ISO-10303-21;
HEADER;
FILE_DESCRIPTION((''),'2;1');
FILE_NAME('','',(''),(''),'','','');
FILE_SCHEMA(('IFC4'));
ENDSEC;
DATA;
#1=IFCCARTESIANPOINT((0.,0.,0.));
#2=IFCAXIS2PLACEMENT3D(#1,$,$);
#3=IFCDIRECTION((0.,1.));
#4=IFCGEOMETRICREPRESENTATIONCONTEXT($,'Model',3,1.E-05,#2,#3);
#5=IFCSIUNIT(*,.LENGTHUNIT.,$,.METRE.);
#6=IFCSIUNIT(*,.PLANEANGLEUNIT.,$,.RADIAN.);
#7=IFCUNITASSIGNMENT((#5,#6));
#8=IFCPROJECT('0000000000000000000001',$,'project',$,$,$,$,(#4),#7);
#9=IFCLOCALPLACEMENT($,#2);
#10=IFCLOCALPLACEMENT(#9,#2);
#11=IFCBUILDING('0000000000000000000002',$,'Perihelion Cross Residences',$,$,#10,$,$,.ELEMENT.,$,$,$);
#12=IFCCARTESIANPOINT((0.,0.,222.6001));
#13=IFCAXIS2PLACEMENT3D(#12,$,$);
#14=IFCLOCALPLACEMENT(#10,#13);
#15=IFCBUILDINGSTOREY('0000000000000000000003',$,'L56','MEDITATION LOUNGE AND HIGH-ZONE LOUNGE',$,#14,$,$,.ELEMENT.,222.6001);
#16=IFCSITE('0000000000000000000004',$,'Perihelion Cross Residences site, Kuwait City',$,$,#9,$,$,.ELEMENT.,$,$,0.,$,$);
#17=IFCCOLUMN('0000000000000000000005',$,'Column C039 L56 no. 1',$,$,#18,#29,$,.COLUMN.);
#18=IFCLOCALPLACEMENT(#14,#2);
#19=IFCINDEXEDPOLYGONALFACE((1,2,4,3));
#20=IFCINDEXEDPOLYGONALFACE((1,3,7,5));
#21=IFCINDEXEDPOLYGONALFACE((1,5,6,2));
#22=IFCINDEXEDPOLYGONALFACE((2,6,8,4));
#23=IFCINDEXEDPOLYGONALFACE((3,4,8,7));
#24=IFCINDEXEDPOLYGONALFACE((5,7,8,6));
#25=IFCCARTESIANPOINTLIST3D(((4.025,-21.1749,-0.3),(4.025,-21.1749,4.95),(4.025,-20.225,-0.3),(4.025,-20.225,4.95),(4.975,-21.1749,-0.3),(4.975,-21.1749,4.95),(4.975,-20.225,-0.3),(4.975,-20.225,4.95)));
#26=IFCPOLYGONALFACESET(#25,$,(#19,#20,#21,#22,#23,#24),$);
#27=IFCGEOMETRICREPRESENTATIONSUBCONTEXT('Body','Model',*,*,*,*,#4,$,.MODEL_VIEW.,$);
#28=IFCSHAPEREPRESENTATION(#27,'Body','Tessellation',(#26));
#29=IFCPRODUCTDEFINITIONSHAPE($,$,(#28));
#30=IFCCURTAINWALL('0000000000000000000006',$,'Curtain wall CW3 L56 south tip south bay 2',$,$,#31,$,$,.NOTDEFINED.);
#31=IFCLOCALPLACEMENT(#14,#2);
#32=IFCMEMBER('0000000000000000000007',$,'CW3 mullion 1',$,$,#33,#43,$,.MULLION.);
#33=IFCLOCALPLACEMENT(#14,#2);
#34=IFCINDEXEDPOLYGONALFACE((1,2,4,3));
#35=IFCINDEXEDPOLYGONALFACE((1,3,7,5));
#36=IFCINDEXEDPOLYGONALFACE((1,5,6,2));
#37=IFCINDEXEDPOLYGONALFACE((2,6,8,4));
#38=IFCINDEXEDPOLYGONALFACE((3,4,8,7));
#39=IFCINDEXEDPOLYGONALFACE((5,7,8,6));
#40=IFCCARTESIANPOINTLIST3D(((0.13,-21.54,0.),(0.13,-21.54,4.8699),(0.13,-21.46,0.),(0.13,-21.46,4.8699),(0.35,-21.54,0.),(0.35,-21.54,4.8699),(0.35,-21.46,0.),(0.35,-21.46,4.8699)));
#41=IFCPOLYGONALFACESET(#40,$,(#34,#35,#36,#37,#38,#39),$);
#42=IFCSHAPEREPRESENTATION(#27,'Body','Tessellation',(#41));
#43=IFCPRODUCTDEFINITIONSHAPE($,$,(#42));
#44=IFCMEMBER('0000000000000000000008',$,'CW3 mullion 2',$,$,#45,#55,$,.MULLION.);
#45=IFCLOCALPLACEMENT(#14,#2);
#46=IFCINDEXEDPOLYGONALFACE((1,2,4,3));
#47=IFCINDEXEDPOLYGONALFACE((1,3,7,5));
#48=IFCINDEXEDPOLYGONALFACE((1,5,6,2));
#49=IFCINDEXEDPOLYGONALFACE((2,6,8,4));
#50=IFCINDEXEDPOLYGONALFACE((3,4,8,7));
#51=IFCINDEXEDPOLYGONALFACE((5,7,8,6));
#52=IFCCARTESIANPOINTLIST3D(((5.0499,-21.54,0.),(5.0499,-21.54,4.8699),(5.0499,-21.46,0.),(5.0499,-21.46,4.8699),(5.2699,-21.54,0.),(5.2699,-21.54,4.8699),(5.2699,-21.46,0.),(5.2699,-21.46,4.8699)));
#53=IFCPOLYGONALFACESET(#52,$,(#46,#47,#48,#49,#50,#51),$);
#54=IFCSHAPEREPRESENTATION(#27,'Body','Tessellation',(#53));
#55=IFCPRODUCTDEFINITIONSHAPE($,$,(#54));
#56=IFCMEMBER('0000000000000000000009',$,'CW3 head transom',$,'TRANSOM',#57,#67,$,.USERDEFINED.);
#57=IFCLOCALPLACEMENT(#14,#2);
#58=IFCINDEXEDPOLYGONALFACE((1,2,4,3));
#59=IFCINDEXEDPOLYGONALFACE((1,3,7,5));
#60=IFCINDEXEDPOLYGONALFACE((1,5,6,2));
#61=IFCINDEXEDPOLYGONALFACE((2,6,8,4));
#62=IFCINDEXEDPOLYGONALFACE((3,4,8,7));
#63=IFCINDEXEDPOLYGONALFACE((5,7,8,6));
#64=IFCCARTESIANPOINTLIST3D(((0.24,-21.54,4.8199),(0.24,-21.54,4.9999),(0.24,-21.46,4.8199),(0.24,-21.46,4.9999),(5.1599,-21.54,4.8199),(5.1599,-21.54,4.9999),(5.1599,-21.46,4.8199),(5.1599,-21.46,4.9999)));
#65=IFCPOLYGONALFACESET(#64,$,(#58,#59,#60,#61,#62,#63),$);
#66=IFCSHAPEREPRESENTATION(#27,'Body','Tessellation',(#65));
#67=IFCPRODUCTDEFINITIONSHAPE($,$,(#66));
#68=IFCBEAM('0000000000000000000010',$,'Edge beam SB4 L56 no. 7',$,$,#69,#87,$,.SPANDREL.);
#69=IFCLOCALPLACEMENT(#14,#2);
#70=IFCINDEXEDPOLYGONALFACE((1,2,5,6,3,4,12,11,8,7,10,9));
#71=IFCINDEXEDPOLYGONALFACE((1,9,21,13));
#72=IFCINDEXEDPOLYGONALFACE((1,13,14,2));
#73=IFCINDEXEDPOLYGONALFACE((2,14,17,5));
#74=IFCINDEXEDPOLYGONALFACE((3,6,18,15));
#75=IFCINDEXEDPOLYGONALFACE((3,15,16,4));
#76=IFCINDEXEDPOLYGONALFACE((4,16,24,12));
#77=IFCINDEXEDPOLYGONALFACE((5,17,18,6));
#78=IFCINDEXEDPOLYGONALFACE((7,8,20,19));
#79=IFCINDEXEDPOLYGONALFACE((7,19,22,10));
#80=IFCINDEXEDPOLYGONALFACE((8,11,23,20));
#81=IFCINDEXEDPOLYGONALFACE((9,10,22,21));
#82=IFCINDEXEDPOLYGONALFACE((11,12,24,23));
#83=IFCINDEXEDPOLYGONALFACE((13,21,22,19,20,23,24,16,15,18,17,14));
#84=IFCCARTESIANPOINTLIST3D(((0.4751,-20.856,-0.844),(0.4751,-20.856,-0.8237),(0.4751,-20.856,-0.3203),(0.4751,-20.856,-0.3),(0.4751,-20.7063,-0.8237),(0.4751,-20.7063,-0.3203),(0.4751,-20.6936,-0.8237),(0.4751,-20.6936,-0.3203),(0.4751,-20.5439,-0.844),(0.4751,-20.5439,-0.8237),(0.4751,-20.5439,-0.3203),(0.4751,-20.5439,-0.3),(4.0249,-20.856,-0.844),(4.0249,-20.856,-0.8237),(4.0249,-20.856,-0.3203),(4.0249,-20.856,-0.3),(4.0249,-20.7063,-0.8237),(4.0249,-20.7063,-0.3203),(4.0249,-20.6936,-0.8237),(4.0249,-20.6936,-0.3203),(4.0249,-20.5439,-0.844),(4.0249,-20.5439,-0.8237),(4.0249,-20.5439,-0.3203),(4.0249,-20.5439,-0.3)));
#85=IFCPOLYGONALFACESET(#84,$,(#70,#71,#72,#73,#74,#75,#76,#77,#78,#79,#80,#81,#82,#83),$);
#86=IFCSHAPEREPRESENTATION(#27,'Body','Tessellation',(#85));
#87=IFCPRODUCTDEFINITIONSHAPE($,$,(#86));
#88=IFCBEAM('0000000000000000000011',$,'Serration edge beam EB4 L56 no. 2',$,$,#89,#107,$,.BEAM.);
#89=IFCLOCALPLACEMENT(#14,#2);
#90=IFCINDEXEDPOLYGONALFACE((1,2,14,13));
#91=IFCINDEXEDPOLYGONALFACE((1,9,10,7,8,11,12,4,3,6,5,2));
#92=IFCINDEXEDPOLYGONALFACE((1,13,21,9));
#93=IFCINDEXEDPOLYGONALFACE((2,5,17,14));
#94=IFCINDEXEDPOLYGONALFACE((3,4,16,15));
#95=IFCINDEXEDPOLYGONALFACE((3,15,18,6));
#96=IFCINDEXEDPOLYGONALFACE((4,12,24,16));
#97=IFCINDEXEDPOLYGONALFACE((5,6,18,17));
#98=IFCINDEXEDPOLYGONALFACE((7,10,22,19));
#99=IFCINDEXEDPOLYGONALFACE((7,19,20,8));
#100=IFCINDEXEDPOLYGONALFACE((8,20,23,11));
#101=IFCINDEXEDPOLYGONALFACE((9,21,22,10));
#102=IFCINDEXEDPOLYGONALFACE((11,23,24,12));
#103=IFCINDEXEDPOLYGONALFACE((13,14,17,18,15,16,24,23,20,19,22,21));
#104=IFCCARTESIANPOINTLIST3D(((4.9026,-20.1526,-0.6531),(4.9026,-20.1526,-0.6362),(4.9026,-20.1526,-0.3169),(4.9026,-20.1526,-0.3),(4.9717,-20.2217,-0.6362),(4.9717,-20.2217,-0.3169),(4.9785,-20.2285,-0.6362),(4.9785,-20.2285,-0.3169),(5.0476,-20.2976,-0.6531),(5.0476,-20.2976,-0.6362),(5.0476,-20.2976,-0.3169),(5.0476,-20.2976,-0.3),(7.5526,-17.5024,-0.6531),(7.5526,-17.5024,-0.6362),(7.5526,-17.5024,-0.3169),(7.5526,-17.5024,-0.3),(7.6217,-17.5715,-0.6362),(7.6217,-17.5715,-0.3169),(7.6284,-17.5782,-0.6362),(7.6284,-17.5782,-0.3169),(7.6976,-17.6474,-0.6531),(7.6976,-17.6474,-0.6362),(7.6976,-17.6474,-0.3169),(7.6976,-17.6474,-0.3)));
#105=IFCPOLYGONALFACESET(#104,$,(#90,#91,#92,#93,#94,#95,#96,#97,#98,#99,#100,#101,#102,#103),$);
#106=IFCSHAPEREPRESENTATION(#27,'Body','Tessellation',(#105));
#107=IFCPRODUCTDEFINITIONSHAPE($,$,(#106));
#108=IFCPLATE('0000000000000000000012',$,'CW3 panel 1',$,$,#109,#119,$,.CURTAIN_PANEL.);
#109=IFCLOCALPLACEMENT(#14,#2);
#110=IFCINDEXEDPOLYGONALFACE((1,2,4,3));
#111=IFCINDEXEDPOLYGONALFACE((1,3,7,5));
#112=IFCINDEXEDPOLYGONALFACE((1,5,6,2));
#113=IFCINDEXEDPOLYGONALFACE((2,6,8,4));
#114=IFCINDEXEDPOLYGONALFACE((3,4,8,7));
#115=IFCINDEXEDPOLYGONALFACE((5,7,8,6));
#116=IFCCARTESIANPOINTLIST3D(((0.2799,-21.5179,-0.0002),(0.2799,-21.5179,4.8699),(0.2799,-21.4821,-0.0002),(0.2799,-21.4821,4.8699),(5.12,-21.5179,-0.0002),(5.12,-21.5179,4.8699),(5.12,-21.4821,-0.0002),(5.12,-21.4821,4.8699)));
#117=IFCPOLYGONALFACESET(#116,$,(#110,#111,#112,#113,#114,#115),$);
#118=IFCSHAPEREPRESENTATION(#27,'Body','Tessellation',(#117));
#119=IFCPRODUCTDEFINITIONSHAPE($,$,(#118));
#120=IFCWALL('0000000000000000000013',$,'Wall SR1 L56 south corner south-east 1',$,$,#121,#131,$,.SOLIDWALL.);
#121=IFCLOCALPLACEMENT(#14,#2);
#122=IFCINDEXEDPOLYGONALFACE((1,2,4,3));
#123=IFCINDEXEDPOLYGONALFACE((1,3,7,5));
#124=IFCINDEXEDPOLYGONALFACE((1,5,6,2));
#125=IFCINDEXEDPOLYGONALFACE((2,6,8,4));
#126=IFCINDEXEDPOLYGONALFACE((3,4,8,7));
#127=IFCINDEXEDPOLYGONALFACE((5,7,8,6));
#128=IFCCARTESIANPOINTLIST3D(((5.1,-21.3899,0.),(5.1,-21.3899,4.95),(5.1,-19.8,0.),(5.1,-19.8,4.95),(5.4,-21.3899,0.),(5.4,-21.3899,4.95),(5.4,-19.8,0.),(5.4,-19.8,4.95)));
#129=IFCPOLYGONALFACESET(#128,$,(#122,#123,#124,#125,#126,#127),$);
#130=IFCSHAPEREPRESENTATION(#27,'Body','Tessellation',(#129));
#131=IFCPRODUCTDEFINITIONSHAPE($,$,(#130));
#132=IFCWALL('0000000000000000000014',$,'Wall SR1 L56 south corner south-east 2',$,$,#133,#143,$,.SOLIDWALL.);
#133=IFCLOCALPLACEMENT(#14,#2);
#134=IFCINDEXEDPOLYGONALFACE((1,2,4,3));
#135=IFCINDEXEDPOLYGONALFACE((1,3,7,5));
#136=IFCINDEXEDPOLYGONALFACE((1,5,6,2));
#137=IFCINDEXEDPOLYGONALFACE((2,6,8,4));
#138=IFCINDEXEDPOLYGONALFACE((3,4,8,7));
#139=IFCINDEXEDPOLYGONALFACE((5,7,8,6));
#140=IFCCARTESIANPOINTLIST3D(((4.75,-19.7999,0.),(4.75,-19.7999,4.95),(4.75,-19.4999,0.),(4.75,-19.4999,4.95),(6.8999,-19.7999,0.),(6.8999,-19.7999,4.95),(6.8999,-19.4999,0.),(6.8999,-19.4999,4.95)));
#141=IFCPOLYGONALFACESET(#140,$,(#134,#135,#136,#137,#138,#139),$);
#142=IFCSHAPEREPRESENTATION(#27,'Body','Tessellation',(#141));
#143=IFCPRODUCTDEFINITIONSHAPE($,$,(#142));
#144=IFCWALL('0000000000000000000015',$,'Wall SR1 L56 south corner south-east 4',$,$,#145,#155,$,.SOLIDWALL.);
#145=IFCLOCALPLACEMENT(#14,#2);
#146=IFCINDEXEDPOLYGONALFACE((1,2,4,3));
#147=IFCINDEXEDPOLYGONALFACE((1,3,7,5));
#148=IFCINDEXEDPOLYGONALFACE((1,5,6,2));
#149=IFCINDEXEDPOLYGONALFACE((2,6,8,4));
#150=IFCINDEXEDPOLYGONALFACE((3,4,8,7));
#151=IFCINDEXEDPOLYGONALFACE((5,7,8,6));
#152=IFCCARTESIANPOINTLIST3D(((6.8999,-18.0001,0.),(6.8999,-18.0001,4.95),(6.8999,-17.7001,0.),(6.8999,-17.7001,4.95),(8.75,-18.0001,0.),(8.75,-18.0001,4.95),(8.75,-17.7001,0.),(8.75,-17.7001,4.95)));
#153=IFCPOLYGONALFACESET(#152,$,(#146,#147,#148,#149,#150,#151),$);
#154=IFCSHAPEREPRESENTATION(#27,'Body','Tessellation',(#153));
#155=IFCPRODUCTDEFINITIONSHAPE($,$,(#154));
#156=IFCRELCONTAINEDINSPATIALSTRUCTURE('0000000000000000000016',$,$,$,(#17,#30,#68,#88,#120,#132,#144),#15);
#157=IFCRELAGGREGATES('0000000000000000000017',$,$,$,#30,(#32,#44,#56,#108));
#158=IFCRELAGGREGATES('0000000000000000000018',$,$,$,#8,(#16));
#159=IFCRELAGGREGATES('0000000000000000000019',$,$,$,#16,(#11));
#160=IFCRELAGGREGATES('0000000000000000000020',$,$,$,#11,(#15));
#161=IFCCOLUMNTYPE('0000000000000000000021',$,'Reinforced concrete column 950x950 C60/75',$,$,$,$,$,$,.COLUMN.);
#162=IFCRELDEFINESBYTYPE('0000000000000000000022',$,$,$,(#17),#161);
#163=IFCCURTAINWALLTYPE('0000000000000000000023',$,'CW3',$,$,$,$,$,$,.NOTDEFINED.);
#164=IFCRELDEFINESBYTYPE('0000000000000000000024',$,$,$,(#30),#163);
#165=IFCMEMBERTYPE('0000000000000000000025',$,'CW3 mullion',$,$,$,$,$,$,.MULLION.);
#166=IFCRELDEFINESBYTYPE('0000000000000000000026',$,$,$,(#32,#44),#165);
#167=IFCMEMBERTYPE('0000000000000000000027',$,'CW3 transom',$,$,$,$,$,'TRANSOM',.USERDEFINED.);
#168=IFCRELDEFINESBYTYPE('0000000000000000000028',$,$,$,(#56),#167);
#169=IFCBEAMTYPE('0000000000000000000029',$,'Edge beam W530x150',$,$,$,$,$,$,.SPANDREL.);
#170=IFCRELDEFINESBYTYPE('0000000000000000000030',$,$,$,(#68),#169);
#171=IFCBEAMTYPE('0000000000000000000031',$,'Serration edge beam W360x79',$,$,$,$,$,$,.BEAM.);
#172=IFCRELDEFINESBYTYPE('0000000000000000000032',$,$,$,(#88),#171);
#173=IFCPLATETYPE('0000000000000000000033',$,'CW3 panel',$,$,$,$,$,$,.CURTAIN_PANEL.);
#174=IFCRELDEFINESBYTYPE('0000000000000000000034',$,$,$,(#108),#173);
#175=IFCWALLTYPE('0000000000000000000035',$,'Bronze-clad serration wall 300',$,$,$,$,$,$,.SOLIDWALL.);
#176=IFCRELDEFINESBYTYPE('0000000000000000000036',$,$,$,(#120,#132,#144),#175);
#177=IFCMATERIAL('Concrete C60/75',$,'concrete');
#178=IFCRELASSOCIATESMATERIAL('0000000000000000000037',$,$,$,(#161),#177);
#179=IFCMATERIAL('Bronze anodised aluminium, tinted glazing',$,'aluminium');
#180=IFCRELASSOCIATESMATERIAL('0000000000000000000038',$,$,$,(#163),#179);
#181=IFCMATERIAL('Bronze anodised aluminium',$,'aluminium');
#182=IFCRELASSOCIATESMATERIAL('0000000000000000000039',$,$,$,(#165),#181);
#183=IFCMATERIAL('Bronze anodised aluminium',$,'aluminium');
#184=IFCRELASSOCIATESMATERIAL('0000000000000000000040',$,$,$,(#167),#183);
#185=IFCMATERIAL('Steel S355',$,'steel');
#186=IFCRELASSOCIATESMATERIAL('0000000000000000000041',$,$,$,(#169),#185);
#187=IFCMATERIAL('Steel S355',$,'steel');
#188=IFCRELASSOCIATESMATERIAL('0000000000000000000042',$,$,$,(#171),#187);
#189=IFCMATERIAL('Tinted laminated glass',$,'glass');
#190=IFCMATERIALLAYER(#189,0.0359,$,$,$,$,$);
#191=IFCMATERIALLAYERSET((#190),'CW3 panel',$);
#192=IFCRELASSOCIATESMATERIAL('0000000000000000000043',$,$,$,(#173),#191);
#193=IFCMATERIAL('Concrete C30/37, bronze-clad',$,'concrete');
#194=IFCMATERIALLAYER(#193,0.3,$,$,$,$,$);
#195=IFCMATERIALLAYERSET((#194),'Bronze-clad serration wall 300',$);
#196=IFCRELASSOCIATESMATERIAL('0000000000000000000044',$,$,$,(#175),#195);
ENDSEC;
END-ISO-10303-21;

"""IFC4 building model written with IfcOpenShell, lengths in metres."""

from ifc_helpers import new_model, si_unit, direction, frame, frame_2d, origin, origin_2d, place, context, subcontext, project, spatial, rectangle, i_section, extrude, material, layer, layer_set, material_profile, profile_set, type_object, element, aggregate, save


model = new_model("IFC4")

# Units and contexts
model_context = context("Model", 3, precision=1e-05, world=origin(), true_north=direction((0.0, 1.0)))
body_context = subcontext(model_context, "Body", "Model", "MODEL_VIEW")
ifc_project = project(units=[si_unit("LENGTHUNIT", "METRE"), si_unit("PLANEANGLEUNIT", "RADIAN")], contexts=[model_context])

# Site, building, storey
site_placement = place(None, origin())
site = spatial("IfcSite", under=ifc_project, at=site_placement, Name="Perihelion Cross Residences site, Kuwait City", CompositionType="ELEMENT", RefElevation=0.0)
building_placement = place(site_placement, origin())
building = spatial("IfcBuilding", under=site, at=building_placement, Name="Perihelion Cross Residences", CompositionType="ELEMENT")
storey_placement = place(building_placement, frame((0.0, 0.0, 222.6001)))
storey = spatial("IfcBuildingStorey", under=building, at=storey_placement, Name="L56", Description="MEDITATION LOUNGE AND HIGH-ZONE LOUNGE", CompositionType="ELEMENT", Elevation=222.6001)

# Column
ifc_material_1 = material(Name="Concrete C60/75", Category="concrete")
ifc_material_profile_1 = material_profile(ifc_material_1, rectangle(XDim=0.95, YDim=0.95, at=origin_2d()), Name="RC 950x950")
ifc_profile_set_1 = profile_set([ifc_material_profile_1], Name="Concrete C60/75")
column_type = type_object("IfcColumnType", Name="Reinforced concrete column 950x950 C60/75", PredefinedType="COLUMN", material=ifc_profile_set_1)
column_placement = place(storey_placement, frame((4.5, -20.7, -0.3), z_axis=(0.0, 0.0, 1.0), x_axis=(1.0, 0.0, 0.0)))
element("IfcColumn", 1, at=column_placement, inside=storey, type_object=column_type, Name="Column C039 L56 no. 1", PredefinedType="COLUMN", context=body_context, shape_type="SweptSolid", body=[
    extrude(rectangle(XDim=0.95, YDim=0.95, at=origin_2d()), origin(), (0.0, 0.0, 1.0), 5.25),
])

# Curtain wall, members
ifc_material_2 = material(Name="Bronze anodised aluminium, tinted glazing", Category="aluminium")
curtain_wall_type = type_object("IfcCurtainWallType", Name="CW3", PredefinedType="NOTDEFINED", material=ifc_material_2)
curtain_wall_placement = place(storey_placement, origin())
curtain_wall = element("IfcCurtainWall", 2, at=curtain_wall_placement, inside=storey, type_object=curtain_wall_type, Name="Curtain wall CW3 L56 south tip south bay 2", PredefinedType="NOTDEFINED")
ifc_material_3 = material(Name="Bronze anodised aluminium", Category="aluminium")
ifc_material_profile_2 = material_profile(ifc_material_3, rectangle(XDim=0.0801, YDim=0.22, at=origin_2d()), Name="CW3 mullion")
ifc_profile_set_2 = profile_set([ifc_material_profile_2], Name="Bronze anodised aluminium")
member_type_1 = type_object("IfcMemberType", Name="CW3 mullion", PredefinedType="MULLION", material=ifc_profile_set_2)
member_1_placement = place(storey_placement, frame((0.24, -21.5, 0.0), z_axis=(0.0, 0.0, 1.0), x_axis=(0.0, 1.0, 0.0)))
member_1 = element("IfcMember", 3, at=member_1_placement, type_object=member_type_1, Name="CW3 mullion 1", PredefinedType="MULLION", context=body_context, shape_type="SweptSolid", body=[
    extrude(rectangle(XDim=0.0801, YDim=0.22, at=origin_2d()), origin(), (0.0, 0.0, 1.0), 4.8699),
])
member_2_placement = place(storey_placement, frame((5.1599, -21.5, 0.0), z_axis=(0.0, 0.0, 1.0), x_axis=(0.0, 1.0, 0.0)))
member_2 = element("IfcMember", 4, at=member_2_placement, type_object=member_type_1, Name="CW3 mullion 2", PredefinedType="MULLION", context=body_context, shape_type="SweptSolid", body=[
    extrude(rectangle(XDim=0.0801, YDim=0.22, at=origin_2d()), origin(), (0.0, 0.0, 1.0), 4.8699),
])
ifc_material_4 = material(Name="Bronze anodised aluminium", Category="aluminium")
ifc_material_profile_3 = material_profile(ifc_material_4, rectangle(XDim=0.0801, YDim=0.1799, at=origin_2d()), Name="CW3 transom")
ifc_profile_set_3 = profile_set([ifc_material_profile_3], Name="Bronze anodised aluminium")
member_type_2 = type_object("IfcMemberType", Name="CW3 transom", ElementType="TRANSOM", PredefinedType="USERDEFINED", material=ifc_profile_set_3)
member_3_placement = place(storey_placement, frame((0.24, -21.5, 4.9099), z_axis=(1.0, 0.0, 0.0), x_axis=(0.0, 1.0, 0.0)))
member_3 = element("IfcMember", 5, at=member_3_placement, type_object=member_type_2, Name="CW3 head transom", ObjectType="TRANSOM", PredefinedType="USERDEFINED", context=body_context, shape_type="SweptSolid", body=[
    extrude(rectangle(XDim=0.0801, YDim=0.1799, at=origin_2d()), origin(), (0.0, 0.0, 1.0), 4.9199),
])

# Beams
ifc_material_5 = material(Name="Steel S355", Category="steel")
ifc_material_profile_4 = material_profile(ifc_material_5, i_section(OverallWidth=0.312, OverallDepth=0.5439, WebThickness=0.0127, FlangeThickness=0.0203, at=origin_2d()), Name="W530x150")
ifc_profile_set_4 = profile_set([ifc_material_profile_4], Name="Steel S355")
beam_type_1 = type_object("IfcBeamType", Name="Edge beam W530x150", PredefinedType="SPANDREL", material=ifc_profile_set_4)
beam_1_placement = place(storey_placement, frame((0.4751, -20.7, -0.572), z_axis=(1.0, 0.0, 0.0), x_axis=(0.0, 1.0, 0.0)))
element("IfcBeam", 6, at=beam_1_placement, inside=storey, type_object=beam_type_1, Name="Edge beam SB4 L56 no. 7", PredefinedType="SPANDREL", context=body_context, shape_type="SweptSolid", body=[
    extrude(i_section(OverallWidth=0.312, OverallDepth=0.5439, WebThickness=0.0127, FlangeThickness=0.0203, at=origin_2d()), origin(), (0.0, 0.0, 1.0), 3.5498),
])
ifc_material_6 = material(Name="Steel S355", Category="steel")
ifc_material_profile_5 = material_profile(ifc_material_6, i_section(OverallWidth=0.2051, OverallDepth=0.353, WebThickness=0.0095, FlangeThickness=0.0168, at=origin_2d()), Name="W360x79")
ifc_profile_set_5 = profile_set([ifc_material_profile_5], Name="Steel S355")
beam_type_2 = type_object("IfcBeamType", Name="Serration edge beam W360x79", PredefinedType="BEAM", material=ifc_profile_set_5)
beam_2_placement = place(storey_placement, frame((4.9751, -20.2251, -0.4766), z_axis=(0.707074, 0.707139, 0.0), x_axis=(-0.707139, 0.707074, 0.0)))
element("IfcBeam", 7, at=beam_2_placement, inside=storey, type_object=beam_type_2, Name="Serration edge beam EB4 L56 no. 2", PredefinedType="BEAM", context=body_context, shape_type="SweptSolid", body=[
    extrude(i_section(OverallWidth=0.2051, OverallDepth=0.353, WebThickness=0.0095, FlangeThickness=0.0168, at=origin_2d()), origin(), (0.0, 0.0, 1.0), 3.7478),
])

# Plate
ifc_material_7 = material(Name="Tinted laminated glass", Category="glass")
ifc_layer_1 = layer(ifc_material_7, 0.0359)
ifc_layer_set_1 = layer_set([ifc_layer_1], Name="CW3 panel")
plate_type = type_object("IfcPlateType", Name="CW3 panel", PredefinedType="CURTAIN_PANEL", material=ifc_layer_set_1)
plate_placement = place(storey_placement, frame((2.7, -21.5, -0.0002), z_axis=(0.0, 0.0, 1.0), x_axis=(1.0, 0.0, 0.0)))
plate = element("IfcPlate", 8, at=plate_placement, type_object=plate_type, Name="CW3 panel 1", PredefinedType="CURTAIN_PANEL", context=body_context, shape_type="SweptSolid", body=[
    extrude(rectangle(XDim=4.8401, YDim=0.0359, at=origin_2d()), origin(), (0.0, 0.0, 1.0), 4.8701),
])
aggregate(curtain_wall, [member_1, member_2, member_3, plate])

# Walls
ifc_material_8 = material(Name="Concrete C30/37, bronze-clad", Category="concrete")
ifc_layer_2 = layer(ifc_material_8, 0.3)
ifc_layer_set_2 = layer_set([ifc_layer_2], Name="Bronze-clad serration wall 300")
wall_type_1 = type_object("IfcWallType", Name="Bronze-clad serration wall 300", PredefinedType="SOLIDWALL", material=ifc_layer_set_2)
wall_1_placement = place(storey_placement, frame((5.25, -21.3899, 0.0), z_axis=(0.0, 0.0, 1.0), x_axis=(0.0, 1.0, 0.0)))
element("IfcWall", 9, at=wall_1_placement, inside=storey, type_object=wall_type_1, Name="Wall SR1 L56 south corner south-east 1", PredefinedType="SOLIDWALL", context=body_context, shape_type="SweptSolid", body=[
    extrude(rectangle(XDim=1.5898, YDim=0.3, at=frame_2d((0.7949, 0.0))), origin(), (0.0, 0.0, 1.0), 4.95),
])
wall_2_placement = place(storey_placement, frame((4.75, -19.6499, 0.0), z_axis=(0.0, 0.0, 1.0), x_axis=(1.0, 0.0, 0.0)))
element("IfcWall", 10, at=wall_2_placement, inside=storey, type_object=wall_type_1, Name="Wall SR1 L56 south corner south-east 2", PredefinedType="SOLIDWALL", context=body_context, shape_type="SweptSolid", body=[
    extrude(rectangle(XDim=2.1499, YDim=0.3, at=frame_2d((1.075, 0.0))), origin(), (0.0, 0.0, 1.0), 4.95),
])
wall_3_placement = place(storey_placement, frame((6.8999, -17.8501, 0.0), z_axis=(0.0, 0.0, 1.0), x_axis=(1.0, 0.0, 0.0)))
element("IfcWall", 11, at=wall_3_placement, inside=storey, type_object=wall_type_1, Name="Wall SR1 L56 south corner south-east 4", PredefinedType="SOLIDWALL", context=body_context, shape_type="SweptSolid", body=[
    extrude(rectangle(XDim=1.8501, YDim=0.3, at=frame_2d((0.925, 0.0))), origin(), (0.0, 0.0, 1.0), 4.95),
])

save(model, "model.ifc")
